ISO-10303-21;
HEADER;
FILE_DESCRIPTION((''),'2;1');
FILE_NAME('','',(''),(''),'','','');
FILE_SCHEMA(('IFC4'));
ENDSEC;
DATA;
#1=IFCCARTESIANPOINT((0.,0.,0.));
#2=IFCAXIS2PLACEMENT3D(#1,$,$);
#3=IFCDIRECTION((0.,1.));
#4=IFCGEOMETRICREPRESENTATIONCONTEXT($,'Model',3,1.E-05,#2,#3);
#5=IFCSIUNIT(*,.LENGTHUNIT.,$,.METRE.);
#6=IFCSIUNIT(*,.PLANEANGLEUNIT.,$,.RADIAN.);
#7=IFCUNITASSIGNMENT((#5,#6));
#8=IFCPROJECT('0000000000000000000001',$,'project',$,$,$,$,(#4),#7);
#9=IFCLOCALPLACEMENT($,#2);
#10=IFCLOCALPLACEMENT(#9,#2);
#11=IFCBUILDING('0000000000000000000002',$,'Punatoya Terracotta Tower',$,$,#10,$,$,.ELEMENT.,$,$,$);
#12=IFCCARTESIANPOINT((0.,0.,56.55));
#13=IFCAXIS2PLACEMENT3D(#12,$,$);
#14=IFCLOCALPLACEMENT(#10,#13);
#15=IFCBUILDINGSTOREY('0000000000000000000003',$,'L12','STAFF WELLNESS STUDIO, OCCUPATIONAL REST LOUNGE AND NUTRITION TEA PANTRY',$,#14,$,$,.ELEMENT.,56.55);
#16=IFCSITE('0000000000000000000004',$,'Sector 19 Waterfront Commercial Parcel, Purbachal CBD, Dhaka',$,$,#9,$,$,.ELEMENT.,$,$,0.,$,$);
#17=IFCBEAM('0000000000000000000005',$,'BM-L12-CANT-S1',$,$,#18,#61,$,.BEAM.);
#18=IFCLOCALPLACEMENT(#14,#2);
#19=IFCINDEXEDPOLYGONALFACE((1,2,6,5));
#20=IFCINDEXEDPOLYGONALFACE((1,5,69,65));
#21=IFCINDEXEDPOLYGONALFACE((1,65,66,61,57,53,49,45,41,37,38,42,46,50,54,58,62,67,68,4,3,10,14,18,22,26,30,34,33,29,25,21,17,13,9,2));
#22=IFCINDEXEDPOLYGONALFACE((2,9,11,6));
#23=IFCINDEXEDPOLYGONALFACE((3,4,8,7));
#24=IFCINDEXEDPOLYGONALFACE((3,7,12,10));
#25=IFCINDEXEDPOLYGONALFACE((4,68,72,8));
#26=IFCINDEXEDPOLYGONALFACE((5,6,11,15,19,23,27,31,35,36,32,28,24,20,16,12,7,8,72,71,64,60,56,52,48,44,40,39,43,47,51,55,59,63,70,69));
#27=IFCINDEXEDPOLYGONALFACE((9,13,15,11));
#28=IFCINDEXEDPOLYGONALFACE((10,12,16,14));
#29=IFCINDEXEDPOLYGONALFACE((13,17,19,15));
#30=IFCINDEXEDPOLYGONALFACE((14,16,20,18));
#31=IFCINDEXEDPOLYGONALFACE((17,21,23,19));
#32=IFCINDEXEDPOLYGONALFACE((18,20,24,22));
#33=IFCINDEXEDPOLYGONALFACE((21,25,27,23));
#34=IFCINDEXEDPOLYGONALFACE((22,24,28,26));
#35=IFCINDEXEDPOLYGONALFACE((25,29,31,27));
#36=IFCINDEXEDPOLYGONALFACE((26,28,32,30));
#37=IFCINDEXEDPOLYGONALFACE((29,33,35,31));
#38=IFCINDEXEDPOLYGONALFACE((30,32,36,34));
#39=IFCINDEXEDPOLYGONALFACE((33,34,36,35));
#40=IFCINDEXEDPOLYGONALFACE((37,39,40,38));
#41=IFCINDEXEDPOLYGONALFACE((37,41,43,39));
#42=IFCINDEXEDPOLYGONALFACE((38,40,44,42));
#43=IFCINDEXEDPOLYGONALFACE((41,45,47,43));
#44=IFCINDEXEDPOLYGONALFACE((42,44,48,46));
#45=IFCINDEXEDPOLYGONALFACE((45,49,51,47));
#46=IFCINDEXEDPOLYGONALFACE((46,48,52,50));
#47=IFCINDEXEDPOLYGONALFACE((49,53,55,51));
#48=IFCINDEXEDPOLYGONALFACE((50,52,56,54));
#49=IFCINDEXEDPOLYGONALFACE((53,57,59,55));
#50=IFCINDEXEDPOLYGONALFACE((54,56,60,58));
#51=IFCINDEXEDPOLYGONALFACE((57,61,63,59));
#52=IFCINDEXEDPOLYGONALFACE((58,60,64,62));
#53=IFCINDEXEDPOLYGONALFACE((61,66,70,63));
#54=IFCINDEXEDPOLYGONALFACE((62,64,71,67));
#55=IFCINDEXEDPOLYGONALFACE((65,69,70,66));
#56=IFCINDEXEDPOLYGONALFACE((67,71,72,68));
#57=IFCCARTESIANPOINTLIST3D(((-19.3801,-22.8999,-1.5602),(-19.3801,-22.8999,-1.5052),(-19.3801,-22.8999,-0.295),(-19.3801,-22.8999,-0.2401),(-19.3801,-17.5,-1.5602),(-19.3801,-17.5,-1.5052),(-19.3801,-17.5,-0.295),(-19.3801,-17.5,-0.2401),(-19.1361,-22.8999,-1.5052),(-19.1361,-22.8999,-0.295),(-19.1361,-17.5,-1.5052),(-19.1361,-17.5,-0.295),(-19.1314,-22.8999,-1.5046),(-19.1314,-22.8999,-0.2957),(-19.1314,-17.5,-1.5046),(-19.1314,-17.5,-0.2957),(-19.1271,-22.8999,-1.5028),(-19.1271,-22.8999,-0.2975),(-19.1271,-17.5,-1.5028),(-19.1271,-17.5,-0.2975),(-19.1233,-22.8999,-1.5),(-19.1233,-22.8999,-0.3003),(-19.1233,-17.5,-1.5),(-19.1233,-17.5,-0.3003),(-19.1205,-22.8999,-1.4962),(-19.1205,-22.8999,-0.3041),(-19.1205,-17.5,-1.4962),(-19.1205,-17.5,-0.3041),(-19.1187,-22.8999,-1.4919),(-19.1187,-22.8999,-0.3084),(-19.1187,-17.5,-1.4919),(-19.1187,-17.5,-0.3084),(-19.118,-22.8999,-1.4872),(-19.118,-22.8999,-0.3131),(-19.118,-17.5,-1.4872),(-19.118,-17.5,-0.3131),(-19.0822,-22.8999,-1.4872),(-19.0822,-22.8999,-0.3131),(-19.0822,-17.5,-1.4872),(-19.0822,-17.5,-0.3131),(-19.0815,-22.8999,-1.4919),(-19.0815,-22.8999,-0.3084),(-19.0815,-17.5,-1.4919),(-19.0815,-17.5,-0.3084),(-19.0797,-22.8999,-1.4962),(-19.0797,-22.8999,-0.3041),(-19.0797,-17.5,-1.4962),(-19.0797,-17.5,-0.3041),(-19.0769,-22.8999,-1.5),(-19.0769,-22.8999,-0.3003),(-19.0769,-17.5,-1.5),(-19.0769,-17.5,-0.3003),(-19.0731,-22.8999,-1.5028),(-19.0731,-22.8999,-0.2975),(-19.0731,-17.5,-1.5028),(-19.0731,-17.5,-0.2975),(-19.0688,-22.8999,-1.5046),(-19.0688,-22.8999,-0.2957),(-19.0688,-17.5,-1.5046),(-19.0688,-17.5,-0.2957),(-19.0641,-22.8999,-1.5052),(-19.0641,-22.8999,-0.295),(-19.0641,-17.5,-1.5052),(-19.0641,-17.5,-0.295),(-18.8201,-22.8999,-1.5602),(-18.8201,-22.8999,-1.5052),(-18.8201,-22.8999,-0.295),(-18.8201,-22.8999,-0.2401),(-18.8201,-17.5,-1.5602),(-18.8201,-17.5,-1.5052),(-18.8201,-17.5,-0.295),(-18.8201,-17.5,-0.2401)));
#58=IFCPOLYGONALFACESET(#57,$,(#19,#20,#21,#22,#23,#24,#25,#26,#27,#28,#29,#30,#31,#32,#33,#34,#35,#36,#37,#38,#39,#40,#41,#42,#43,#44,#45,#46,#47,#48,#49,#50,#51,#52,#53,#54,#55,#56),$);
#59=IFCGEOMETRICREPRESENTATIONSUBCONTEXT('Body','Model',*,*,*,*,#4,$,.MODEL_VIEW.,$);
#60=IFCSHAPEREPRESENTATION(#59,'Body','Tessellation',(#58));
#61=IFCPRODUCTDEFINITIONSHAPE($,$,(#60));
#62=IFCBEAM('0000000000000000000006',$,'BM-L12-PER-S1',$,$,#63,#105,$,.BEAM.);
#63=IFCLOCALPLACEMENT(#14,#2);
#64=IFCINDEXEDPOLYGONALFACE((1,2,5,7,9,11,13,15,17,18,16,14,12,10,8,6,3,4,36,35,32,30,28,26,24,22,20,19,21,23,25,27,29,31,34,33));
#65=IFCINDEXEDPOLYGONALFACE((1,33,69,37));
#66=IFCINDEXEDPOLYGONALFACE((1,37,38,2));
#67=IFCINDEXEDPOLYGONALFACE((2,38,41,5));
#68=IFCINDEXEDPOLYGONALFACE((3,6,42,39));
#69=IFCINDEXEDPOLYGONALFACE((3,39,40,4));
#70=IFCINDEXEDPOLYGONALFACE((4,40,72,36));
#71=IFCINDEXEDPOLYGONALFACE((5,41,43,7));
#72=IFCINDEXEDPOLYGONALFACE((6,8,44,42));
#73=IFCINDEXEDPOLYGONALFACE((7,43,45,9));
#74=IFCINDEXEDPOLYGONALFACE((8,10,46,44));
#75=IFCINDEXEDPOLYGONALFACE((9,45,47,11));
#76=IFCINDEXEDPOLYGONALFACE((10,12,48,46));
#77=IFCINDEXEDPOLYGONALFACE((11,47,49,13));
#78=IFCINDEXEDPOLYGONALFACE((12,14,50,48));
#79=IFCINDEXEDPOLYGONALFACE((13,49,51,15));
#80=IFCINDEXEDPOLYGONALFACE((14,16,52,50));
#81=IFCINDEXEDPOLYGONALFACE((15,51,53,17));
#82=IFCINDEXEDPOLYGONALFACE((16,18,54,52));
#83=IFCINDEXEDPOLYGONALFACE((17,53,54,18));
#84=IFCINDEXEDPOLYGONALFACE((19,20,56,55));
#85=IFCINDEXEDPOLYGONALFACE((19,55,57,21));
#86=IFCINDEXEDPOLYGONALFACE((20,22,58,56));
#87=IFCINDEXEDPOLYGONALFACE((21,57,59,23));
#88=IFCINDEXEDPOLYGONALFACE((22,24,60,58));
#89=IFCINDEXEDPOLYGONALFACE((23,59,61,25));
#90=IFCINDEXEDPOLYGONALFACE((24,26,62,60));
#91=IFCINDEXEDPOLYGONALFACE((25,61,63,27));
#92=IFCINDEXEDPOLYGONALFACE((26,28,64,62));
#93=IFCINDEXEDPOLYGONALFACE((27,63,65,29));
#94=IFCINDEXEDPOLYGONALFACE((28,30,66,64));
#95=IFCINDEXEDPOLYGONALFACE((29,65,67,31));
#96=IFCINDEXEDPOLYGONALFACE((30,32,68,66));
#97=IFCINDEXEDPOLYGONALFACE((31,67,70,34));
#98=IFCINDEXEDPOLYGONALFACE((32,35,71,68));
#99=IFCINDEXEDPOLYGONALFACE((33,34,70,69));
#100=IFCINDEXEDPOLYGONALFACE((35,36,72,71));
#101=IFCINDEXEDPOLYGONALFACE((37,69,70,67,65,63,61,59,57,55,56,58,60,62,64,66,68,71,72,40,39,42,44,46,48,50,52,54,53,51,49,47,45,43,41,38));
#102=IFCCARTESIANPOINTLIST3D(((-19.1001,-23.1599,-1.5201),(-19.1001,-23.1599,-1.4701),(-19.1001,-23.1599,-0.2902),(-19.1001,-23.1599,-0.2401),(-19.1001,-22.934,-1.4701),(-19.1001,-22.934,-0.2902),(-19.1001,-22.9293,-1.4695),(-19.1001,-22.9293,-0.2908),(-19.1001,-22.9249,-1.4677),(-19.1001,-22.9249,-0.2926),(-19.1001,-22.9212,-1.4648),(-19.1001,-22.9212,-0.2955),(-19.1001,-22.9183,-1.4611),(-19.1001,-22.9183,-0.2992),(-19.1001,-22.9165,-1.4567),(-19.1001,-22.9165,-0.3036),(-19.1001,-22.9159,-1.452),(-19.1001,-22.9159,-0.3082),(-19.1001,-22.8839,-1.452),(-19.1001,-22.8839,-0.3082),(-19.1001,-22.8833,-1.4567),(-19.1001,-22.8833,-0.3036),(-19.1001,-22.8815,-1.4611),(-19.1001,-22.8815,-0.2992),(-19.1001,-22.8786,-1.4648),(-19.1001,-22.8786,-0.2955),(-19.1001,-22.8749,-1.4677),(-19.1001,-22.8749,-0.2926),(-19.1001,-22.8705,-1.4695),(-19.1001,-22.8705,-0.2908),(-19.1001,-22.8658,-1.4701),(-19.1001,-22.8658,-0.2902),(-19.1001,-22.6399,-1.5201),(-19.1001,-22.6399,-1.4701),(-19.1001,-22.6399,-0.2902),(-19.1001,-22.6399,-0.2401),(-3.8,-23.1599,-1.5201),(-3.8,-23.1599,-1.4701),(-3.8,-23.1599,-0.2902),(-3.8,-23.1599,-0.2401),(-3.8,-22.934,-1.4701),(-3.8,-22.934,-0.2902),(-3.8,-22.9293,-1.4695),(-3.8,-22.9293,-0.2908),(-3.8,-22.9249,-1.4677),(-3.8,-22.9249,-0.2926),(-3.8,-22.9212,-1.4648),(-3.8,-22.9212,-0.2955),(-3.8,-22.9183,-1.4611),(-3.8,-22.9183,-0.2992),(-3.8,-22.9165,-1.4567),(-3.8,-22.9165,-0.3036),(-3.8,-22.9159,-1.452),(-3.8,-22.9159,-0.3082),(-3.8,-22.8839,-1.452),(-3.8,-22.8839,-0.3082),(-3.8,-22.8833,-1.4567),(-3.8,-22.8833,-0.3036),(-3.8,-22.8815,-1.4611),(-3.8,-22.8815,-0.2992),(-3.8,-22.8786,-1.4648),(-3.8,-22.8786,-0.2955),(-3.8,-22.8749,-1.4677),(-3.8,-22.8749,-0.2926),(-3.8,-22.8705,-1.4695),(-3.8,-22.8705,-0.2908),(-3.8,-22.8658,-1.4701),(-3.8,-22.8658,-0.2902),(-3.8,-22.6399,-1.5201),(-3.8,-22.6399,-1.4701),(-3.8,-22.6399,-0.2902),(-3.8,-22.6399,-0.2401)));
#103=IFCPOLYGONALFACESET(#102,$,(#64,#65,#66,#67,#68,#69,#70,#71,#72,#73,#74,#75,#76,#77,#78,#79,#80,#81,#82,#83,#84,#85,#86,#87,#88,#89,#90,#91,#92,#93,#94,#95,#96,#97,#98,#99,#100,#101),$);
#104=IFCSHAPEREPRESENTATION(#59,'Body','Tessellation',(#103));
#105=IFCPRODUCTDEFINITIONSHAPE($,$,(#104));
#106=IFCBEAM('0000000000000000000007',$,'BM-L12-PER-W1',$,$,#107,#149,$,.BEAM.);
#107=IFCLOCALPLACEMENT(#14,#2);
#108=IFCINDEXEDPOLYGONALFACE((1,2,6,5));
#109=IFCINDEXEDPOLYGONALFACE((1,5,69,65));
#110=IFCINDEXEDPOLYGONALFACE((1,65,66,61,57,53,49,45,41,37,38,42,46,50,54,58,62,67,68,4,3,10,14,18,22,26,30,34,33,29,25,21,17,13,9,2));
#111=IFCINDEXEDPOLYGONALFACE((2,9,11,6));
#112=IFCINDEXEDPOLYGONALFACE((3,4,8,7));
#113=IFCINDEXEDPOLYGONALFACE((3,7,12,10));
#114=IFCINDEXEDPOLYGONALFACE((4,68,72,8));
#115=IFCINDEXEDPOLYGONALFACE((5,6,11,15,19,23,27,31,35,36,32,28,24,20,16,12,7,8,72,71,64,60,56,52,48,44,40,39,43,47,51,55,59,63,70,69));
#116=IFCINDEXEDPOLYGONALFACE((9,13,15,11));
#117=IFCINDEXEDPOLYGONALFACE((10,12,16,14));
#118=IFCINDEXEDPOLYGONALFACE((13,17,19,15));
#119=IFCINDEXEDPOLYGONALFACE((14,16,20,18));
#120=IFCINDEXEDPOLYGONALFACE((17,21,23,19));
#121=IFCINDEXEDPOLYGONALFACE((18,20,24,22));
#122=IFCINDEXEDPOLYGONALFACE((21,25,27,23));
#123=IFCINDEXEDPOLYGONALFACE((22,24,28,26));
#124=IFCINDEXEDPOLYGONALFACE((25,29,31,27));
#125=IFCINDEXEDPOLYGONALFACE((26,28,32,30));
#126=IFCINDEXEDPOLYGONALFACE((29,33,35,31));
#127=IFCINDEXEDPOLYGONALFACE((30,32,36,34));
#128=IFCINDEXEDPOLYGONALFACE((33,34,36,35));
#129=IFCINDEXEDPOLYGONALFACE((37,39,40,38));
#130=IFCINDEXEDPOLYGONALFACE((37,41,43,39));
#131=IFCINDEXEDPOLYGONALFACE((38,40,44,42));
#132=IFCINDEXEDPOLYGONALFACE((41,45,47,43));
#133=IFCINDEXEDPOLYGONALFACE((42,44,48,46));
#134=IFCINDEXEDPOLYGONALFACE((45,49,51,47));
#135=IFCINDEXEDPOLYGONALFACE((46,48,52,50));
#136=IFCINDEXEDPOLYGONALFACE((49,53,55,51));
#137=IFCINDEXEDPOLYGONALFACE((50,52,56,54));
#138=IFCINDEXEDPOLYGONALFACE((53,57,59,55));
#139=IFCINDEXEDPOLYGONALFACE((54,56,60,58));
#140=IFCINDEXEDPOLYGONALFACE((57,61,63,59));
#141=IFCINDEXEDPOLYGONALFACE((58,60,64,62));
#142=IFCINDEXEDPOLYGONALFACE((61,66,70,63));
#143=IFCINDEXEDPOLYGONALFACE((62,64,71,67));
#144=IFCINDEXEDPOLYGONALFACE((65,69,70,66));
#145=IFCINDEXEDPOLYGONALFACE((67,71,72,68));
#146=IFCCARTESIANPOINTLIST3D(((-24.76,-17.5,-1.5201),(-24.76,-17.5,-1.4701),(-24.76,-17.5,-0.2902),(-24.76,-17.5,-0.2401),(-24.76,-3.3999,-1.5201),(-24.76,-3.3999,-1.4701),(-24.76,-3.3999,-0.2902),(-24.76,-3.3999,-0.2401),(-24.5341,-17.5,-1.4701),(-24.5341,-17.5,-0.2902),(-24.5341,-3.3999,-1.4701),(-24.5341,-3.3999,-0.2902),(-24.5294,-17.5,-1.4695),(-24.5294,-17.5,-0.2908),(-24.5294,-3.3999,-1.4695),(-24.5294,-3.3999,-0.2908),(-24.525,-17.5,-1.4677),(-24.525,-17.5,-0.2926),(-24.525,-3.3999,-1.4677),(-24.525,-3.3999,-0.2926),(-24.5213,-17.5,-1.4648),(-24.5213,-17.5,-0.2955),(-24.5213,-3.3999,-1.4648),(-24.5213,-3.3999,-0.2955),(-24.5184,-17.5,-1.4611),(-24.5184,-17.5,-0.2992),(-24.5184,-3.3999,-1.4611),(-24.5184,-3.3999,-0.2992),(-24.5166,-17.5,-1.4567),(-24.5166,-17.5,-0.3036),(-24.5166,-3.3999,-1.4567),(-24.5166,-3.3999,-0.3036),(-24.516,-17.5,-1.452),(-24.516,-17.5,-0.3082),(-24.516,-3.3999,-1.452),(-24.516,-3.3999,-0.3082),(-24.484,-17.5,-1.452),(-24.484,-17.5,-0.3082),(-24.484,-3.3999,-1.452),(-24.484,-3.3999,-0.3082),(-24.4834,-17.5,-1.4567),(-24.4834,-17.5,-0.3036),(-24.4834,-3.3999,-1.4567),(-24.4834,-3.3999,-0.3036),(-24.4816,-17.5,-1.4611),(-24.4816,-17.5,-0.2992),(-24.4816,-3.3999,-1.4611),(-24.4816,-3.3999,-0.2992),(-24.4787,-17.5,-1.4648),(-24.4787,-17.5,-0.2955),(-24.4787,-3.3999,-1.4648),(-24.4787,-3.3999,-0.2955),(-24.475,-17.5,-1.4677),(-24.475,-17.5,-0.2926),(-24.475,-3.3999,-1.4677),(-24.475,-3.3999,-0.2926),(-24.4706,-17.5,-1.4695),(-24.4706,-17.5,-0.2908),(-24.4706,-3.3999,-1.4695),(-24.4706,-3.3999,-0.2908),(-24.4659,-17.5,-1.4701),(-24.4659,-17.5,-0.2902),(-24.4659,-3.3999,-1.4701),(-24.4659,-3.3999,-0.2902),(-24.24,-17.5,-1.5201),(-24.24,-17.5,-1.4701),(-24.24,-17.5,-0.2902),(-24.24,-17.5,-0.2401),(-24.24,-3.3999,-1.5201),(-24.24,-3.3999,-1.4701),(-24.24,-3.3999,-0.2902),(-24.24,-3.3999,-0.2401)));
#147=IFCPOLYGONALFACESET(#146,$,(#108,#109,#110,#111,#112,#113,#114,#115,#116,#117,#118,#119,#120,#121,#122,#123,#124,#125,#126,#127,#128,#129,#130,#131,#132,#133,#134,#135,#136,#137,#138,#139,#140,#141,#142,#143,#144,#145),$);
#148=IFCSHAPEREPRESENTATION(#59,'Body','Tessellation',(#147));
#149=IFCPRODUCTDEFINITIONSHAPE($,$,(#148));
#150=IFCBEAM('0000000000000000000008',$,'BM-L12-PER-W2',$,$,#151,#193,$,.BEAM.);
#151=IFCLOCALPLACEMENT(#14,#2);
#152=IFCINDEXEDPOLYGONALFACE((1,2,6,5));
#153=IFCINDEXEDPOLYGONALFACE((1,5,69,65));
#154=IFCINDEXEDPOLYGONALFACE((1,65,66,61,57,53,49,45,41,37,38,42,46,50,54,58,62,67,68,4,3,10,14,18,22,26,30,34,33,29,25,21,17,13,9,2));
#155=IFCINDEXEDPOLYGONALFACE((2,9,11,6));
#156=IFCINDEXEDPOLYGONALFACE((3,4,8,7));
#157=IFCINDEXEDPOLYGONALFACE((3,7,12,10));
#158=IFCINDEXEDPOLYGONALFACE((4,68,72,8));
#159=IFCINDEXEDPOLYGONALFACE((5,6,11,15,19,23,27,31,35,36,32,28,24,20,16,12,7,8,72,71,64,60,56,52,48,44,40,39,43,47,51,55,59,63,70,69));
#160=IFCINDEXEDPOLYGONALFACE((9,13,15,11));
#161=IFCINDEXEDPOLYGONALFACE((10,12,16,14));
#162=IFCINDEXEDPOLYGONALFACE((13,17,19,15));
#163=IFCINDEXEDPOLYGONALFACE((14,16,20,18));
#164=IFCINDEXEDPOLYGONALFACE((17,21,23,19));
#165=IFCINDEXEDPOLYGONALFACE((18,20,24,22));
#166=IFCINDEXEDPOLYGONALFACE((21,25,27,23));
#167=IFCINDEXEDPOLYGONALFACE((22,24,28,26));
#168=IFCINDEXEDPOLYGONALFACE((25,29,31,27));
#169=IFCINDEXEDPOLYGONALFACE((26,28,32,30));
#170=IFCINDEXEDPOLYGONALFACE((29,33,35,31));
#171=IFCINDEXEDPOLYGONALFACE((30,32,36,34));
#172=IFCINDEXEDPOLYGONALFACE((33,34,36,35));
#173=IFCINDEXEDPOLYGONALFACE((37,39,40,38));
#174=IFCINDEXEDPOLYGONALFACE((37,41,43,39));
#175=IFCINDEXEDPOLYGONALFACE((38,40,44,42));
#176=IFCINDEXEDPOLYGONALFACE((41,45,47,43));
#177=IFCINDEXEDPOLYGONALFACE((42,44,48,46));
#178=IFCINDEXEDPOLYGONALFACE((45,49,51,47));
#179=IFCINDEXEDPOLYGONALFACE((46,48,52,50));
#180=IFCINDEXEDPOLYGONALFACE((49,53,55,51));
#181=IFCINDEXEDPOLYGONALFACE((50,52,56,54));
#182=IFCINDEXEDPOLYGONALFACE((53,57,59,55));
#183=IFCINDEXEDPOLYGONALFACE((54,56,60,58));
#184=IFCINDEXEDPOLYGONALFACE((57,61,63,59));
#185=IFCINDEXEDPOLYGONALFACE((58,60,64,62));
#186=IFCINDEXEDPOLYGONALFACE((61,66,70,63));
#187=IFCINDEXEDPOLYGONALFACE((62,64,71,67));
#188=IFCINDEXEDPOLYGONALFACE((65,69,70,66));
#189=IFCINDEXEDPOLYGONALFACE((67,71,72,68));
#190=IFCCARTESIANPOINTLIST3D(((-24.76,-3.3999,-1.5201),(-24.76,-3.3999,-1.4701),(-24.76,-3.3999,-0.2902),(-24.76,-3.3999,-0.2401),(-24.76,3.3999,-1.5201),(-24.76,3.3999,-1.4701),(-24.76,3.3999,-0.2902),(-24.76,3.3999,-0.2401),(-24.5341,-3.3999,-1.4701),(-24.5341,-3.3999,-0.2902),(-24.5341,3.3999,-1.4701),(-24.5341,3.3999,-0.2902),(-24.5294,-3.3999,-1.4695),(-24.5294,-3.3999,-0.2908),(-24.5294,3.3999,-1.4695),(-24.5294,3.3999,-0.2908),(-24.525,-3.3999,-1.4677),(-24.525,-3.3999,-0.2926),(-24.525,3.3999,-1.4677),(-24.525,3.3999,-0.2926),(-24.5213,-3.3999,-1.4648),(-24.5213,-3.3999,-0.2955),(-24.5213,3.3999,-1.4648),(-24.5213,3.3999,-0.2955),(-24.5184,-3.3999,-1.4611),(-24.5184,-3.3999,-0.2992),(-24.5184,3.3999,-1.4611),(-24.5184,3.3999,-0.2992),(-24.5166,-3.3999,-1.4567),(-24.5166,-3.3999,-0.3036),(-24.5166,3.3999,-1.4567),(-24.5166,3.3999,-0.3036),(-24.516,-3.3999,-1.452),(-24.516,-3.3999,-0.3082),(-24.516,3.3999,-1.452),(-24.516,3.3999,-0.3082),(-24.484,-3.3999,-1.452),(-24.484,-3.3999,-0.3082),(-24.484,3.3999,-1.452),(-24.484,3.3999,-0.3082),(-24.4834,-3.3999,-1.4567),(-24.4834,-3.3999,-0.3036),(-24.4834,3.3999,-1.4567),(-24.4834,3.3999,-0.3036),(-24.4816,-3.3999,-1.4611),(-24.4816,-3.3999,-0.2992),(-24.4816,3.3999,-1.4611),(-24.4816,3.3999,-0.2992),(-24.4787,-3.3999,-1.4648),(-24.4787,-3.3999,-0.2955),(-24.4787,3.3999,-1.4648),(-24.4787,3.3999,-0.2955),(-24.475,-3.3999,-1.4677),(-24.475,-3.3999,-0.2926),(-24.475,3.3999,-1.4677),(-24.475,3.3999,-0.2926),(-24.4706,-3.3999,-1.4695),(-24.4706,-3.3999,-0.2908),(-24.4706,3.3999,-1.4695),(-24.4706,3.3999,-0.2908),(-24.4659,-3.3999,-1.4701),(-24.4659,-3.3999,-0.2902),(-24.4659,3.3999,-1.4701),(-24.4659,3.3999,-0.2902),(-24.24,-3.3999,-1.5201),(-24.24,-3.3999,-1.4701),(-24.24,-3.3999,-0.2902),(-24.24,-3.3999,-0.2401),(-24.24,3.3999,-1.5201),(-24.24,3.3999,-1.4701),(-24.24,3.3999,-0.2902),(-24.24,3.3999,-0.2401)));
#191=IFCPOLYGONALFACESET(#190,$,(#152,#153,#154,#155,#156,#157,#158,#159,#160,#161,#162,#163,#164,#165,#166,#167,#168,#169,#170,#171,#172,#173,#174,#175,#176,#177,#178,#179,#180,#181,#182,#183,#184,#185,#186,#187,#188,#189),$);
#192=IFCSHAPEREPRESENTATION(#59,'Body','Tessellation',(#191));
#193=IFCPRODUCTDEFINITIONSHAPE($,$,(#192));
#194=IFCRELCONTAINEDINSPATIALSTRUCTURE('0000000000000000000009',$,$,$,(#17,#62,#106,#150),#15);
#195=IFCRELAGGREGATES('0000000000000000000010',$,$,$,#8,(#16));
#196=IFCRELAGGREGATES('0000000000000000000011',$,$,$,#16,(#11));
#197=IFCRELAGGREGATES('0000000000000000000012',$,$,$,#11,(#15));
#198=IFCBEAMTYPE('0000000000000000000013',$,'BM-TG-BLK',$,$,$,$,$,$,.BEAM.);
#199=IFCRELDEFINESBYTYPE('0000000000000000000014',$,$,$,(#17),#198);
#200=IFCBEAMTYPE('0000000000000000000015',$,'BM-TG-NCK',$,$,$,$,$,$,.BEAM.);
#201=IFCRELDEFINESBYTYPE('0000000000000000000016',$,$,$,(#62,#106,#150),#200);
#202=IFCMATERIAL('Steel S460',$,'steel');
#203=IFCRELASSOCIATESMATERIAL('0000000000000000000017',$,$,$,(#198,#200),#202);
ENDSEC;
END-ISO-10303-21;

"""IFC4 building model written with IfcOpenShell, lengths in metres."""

from ifc_helpers import new_model, si_unit, direction, frame, origin, origin_2d, place, context, subcontext, project, spatial, i_section, extrude, material, material_profile, profile_set, type_object, element, save


model = new_model("IFC4")

# Units and contexts
model_context = context("Model", 3, precision=1e-05, world=origin(), true_north=direction((0.0, 1.0)))
body_context = subcontext(model_context, "Body", "Model", "MODEL_VIEW")
ifc_project = project(units=[si_unit("LENGTHUNIT", "METRE"), si_unit("PLANEANGLEUNIT", "RADIAN")], contexts=[model_context])

# Site, building, storey
site_placement = place(None, origin())
site = spatial("IfcSite", under=ifc_project, at=site_placement, Name="Sector 19 Waterfront Commercial Parcel, Purbachal CBD, Dhaka", CompositionType="ELEMENT", RefElevation=0.0)
building_placement = place(site_placement, origin())
building = spatial("IfcBuilding", under=site, at=building_placement, Name="Punatoya Terracotta Tower", CompositionType="ELEMENT")
storey_placement = place(building_placement, frame((0.0, 0.0, 56.55)))
storey = spatial("IfcBuildingStorey", under=building, at=storey_placement, Name="L12", Description="STAFF WELLNESS STUDIO, OCCUPATIONAL REST LOUNGE AND NUTRITION TEA PANTRY", CompositionType="ELEMENT", Elevation=56.55)

# Shared definitions
ifc_material_1 = material(Name="Steel S460", Category="steel")

# Beams
ifc_material_profile_1 = material_profile(ifc_material_1, i_section(OverallWidth=0.5601, OverallDepth=1.3201, WebThickness=0.0359, FlangeThickness=0.0549, FilletRadius=0.0181, at=origin_2d()))
ifc_profile_set_1 = profile_set([ifc_material_profile_1], Name="Steel S460")
beam_type_1 = type_object("IfcBeamType", Name="BM-TG-BLK", PredefinedType="BEAM", material=ifc_profile_set_1)
for number, where, z_axis, x_axis, name in (
    (1, (-19.1001, -22.8999, -0.9001), (0.0, 1.0, 0.0), (-1.0, 0.0, 0.0), "BM-L12-CANT-S1"),
):
    element("IfcBeam", number, at=place(storey_placement, frame(where, z_axis=z_axis, x_axis=x_axis)), inside=storey, type_object=beam_type_1, Name=name, PredefinedType="BEAM", context=body_context, shape_type="SweptSolid", body=[
        extrude(i_section(OverallWidth=0.5601, OverallDepth=1.3201, WebThickness=0.0359, FlangeThickness=0.0549, FilletRadius=0.0181, at=origin_2d()), origin(), (0.0, 0.0, 1.0), 5.3999),
    ])
ifc_material_profile_2 = material_profile(ifc_material_1, i_section(OverallWidth=0.52, OverallDepth=1.28, WebThickness=0.032, FlangeThickness=0.05, FilletRadius=0.0181, at=origin_2d()))
ifc_profile_set_2 = profile_set([ifc_material_profile_2], Name="Steel S460")
beam_type_2 = type_object("IfcBeamType", Name="BM-TG-NCK", PredefinedType="BEAM", material=ifc_profile_set_2)
beam_1_placement = place(storey_placement, frame((-19.1001, -22.8999, -0.8801), z_axis=(1.0, 0.0, 0.0), x_axis=(0.0, 1.0, 0.0)))
element("IfcBeam", 2, at=beam_1_placement, inside=storey, type_object=beam_type_2, Name="BM-L12-PER-S1", PredefinedType="BEAM", context=body_context, shape_type="SweptSolid", body=[
    extrude(i_section(OverallWidth=0.52, OverallDepth=1.28, WebThickness=0.032, FlangeThickness=0.05, FilletRadius=0.0181, at=origin_2d()), origin(), (0.0, 0.0, 1.0), 15.3),
])
beam_2_placement = place(storey_placement, frame((-24.5, -17.5, -0.8801), z_axis=(0.0, 1.0, 0.0), x_axis=(-1.0, 0.0, 0.0)))
element("IfcBeam", 3, at=beam_2_placement, inside=storey, type_object=beam_type_2, Name="BM-L12-PER-W1", PredefinedType="BEAM", context=body_context, shape_type="SweptSolid", body=[
    extrude(i_section(OverallWidth=0.52, OverallDepth=1.28, WebThickness=0.032, FlangeThickness=0.05, FilletRadius=0.0181, at=origin_2d()), origin(), (0.0, 0.0, 1.0), 14.1001),
])
beam_3_placement = place(storey_placement, frame((-24.5, -3.3999, -0.8801), z_axis=(0.0, 1.0, 0.0), x_axis=(-1.0, 0.0, 0.0)))
element("IfcBeam", 4, at=beam_3_placement, inside=storey, type_object=beam_type_2, Name="BM-L12-PER-W2", PredefinedType="BEAM", context=body_context, shape_type="SweptSolid", body=[
    extrude(i_section(OverallWidth=0.52, OverallDepth=1.28, WebThickness=0.032, FlangeThickness=0.05, FilletRadius=0.0181, at=origin_2d()), origin(), (0.0, 0.0, 1.0), 6.7998),
])

save(model, "model.ifc")
